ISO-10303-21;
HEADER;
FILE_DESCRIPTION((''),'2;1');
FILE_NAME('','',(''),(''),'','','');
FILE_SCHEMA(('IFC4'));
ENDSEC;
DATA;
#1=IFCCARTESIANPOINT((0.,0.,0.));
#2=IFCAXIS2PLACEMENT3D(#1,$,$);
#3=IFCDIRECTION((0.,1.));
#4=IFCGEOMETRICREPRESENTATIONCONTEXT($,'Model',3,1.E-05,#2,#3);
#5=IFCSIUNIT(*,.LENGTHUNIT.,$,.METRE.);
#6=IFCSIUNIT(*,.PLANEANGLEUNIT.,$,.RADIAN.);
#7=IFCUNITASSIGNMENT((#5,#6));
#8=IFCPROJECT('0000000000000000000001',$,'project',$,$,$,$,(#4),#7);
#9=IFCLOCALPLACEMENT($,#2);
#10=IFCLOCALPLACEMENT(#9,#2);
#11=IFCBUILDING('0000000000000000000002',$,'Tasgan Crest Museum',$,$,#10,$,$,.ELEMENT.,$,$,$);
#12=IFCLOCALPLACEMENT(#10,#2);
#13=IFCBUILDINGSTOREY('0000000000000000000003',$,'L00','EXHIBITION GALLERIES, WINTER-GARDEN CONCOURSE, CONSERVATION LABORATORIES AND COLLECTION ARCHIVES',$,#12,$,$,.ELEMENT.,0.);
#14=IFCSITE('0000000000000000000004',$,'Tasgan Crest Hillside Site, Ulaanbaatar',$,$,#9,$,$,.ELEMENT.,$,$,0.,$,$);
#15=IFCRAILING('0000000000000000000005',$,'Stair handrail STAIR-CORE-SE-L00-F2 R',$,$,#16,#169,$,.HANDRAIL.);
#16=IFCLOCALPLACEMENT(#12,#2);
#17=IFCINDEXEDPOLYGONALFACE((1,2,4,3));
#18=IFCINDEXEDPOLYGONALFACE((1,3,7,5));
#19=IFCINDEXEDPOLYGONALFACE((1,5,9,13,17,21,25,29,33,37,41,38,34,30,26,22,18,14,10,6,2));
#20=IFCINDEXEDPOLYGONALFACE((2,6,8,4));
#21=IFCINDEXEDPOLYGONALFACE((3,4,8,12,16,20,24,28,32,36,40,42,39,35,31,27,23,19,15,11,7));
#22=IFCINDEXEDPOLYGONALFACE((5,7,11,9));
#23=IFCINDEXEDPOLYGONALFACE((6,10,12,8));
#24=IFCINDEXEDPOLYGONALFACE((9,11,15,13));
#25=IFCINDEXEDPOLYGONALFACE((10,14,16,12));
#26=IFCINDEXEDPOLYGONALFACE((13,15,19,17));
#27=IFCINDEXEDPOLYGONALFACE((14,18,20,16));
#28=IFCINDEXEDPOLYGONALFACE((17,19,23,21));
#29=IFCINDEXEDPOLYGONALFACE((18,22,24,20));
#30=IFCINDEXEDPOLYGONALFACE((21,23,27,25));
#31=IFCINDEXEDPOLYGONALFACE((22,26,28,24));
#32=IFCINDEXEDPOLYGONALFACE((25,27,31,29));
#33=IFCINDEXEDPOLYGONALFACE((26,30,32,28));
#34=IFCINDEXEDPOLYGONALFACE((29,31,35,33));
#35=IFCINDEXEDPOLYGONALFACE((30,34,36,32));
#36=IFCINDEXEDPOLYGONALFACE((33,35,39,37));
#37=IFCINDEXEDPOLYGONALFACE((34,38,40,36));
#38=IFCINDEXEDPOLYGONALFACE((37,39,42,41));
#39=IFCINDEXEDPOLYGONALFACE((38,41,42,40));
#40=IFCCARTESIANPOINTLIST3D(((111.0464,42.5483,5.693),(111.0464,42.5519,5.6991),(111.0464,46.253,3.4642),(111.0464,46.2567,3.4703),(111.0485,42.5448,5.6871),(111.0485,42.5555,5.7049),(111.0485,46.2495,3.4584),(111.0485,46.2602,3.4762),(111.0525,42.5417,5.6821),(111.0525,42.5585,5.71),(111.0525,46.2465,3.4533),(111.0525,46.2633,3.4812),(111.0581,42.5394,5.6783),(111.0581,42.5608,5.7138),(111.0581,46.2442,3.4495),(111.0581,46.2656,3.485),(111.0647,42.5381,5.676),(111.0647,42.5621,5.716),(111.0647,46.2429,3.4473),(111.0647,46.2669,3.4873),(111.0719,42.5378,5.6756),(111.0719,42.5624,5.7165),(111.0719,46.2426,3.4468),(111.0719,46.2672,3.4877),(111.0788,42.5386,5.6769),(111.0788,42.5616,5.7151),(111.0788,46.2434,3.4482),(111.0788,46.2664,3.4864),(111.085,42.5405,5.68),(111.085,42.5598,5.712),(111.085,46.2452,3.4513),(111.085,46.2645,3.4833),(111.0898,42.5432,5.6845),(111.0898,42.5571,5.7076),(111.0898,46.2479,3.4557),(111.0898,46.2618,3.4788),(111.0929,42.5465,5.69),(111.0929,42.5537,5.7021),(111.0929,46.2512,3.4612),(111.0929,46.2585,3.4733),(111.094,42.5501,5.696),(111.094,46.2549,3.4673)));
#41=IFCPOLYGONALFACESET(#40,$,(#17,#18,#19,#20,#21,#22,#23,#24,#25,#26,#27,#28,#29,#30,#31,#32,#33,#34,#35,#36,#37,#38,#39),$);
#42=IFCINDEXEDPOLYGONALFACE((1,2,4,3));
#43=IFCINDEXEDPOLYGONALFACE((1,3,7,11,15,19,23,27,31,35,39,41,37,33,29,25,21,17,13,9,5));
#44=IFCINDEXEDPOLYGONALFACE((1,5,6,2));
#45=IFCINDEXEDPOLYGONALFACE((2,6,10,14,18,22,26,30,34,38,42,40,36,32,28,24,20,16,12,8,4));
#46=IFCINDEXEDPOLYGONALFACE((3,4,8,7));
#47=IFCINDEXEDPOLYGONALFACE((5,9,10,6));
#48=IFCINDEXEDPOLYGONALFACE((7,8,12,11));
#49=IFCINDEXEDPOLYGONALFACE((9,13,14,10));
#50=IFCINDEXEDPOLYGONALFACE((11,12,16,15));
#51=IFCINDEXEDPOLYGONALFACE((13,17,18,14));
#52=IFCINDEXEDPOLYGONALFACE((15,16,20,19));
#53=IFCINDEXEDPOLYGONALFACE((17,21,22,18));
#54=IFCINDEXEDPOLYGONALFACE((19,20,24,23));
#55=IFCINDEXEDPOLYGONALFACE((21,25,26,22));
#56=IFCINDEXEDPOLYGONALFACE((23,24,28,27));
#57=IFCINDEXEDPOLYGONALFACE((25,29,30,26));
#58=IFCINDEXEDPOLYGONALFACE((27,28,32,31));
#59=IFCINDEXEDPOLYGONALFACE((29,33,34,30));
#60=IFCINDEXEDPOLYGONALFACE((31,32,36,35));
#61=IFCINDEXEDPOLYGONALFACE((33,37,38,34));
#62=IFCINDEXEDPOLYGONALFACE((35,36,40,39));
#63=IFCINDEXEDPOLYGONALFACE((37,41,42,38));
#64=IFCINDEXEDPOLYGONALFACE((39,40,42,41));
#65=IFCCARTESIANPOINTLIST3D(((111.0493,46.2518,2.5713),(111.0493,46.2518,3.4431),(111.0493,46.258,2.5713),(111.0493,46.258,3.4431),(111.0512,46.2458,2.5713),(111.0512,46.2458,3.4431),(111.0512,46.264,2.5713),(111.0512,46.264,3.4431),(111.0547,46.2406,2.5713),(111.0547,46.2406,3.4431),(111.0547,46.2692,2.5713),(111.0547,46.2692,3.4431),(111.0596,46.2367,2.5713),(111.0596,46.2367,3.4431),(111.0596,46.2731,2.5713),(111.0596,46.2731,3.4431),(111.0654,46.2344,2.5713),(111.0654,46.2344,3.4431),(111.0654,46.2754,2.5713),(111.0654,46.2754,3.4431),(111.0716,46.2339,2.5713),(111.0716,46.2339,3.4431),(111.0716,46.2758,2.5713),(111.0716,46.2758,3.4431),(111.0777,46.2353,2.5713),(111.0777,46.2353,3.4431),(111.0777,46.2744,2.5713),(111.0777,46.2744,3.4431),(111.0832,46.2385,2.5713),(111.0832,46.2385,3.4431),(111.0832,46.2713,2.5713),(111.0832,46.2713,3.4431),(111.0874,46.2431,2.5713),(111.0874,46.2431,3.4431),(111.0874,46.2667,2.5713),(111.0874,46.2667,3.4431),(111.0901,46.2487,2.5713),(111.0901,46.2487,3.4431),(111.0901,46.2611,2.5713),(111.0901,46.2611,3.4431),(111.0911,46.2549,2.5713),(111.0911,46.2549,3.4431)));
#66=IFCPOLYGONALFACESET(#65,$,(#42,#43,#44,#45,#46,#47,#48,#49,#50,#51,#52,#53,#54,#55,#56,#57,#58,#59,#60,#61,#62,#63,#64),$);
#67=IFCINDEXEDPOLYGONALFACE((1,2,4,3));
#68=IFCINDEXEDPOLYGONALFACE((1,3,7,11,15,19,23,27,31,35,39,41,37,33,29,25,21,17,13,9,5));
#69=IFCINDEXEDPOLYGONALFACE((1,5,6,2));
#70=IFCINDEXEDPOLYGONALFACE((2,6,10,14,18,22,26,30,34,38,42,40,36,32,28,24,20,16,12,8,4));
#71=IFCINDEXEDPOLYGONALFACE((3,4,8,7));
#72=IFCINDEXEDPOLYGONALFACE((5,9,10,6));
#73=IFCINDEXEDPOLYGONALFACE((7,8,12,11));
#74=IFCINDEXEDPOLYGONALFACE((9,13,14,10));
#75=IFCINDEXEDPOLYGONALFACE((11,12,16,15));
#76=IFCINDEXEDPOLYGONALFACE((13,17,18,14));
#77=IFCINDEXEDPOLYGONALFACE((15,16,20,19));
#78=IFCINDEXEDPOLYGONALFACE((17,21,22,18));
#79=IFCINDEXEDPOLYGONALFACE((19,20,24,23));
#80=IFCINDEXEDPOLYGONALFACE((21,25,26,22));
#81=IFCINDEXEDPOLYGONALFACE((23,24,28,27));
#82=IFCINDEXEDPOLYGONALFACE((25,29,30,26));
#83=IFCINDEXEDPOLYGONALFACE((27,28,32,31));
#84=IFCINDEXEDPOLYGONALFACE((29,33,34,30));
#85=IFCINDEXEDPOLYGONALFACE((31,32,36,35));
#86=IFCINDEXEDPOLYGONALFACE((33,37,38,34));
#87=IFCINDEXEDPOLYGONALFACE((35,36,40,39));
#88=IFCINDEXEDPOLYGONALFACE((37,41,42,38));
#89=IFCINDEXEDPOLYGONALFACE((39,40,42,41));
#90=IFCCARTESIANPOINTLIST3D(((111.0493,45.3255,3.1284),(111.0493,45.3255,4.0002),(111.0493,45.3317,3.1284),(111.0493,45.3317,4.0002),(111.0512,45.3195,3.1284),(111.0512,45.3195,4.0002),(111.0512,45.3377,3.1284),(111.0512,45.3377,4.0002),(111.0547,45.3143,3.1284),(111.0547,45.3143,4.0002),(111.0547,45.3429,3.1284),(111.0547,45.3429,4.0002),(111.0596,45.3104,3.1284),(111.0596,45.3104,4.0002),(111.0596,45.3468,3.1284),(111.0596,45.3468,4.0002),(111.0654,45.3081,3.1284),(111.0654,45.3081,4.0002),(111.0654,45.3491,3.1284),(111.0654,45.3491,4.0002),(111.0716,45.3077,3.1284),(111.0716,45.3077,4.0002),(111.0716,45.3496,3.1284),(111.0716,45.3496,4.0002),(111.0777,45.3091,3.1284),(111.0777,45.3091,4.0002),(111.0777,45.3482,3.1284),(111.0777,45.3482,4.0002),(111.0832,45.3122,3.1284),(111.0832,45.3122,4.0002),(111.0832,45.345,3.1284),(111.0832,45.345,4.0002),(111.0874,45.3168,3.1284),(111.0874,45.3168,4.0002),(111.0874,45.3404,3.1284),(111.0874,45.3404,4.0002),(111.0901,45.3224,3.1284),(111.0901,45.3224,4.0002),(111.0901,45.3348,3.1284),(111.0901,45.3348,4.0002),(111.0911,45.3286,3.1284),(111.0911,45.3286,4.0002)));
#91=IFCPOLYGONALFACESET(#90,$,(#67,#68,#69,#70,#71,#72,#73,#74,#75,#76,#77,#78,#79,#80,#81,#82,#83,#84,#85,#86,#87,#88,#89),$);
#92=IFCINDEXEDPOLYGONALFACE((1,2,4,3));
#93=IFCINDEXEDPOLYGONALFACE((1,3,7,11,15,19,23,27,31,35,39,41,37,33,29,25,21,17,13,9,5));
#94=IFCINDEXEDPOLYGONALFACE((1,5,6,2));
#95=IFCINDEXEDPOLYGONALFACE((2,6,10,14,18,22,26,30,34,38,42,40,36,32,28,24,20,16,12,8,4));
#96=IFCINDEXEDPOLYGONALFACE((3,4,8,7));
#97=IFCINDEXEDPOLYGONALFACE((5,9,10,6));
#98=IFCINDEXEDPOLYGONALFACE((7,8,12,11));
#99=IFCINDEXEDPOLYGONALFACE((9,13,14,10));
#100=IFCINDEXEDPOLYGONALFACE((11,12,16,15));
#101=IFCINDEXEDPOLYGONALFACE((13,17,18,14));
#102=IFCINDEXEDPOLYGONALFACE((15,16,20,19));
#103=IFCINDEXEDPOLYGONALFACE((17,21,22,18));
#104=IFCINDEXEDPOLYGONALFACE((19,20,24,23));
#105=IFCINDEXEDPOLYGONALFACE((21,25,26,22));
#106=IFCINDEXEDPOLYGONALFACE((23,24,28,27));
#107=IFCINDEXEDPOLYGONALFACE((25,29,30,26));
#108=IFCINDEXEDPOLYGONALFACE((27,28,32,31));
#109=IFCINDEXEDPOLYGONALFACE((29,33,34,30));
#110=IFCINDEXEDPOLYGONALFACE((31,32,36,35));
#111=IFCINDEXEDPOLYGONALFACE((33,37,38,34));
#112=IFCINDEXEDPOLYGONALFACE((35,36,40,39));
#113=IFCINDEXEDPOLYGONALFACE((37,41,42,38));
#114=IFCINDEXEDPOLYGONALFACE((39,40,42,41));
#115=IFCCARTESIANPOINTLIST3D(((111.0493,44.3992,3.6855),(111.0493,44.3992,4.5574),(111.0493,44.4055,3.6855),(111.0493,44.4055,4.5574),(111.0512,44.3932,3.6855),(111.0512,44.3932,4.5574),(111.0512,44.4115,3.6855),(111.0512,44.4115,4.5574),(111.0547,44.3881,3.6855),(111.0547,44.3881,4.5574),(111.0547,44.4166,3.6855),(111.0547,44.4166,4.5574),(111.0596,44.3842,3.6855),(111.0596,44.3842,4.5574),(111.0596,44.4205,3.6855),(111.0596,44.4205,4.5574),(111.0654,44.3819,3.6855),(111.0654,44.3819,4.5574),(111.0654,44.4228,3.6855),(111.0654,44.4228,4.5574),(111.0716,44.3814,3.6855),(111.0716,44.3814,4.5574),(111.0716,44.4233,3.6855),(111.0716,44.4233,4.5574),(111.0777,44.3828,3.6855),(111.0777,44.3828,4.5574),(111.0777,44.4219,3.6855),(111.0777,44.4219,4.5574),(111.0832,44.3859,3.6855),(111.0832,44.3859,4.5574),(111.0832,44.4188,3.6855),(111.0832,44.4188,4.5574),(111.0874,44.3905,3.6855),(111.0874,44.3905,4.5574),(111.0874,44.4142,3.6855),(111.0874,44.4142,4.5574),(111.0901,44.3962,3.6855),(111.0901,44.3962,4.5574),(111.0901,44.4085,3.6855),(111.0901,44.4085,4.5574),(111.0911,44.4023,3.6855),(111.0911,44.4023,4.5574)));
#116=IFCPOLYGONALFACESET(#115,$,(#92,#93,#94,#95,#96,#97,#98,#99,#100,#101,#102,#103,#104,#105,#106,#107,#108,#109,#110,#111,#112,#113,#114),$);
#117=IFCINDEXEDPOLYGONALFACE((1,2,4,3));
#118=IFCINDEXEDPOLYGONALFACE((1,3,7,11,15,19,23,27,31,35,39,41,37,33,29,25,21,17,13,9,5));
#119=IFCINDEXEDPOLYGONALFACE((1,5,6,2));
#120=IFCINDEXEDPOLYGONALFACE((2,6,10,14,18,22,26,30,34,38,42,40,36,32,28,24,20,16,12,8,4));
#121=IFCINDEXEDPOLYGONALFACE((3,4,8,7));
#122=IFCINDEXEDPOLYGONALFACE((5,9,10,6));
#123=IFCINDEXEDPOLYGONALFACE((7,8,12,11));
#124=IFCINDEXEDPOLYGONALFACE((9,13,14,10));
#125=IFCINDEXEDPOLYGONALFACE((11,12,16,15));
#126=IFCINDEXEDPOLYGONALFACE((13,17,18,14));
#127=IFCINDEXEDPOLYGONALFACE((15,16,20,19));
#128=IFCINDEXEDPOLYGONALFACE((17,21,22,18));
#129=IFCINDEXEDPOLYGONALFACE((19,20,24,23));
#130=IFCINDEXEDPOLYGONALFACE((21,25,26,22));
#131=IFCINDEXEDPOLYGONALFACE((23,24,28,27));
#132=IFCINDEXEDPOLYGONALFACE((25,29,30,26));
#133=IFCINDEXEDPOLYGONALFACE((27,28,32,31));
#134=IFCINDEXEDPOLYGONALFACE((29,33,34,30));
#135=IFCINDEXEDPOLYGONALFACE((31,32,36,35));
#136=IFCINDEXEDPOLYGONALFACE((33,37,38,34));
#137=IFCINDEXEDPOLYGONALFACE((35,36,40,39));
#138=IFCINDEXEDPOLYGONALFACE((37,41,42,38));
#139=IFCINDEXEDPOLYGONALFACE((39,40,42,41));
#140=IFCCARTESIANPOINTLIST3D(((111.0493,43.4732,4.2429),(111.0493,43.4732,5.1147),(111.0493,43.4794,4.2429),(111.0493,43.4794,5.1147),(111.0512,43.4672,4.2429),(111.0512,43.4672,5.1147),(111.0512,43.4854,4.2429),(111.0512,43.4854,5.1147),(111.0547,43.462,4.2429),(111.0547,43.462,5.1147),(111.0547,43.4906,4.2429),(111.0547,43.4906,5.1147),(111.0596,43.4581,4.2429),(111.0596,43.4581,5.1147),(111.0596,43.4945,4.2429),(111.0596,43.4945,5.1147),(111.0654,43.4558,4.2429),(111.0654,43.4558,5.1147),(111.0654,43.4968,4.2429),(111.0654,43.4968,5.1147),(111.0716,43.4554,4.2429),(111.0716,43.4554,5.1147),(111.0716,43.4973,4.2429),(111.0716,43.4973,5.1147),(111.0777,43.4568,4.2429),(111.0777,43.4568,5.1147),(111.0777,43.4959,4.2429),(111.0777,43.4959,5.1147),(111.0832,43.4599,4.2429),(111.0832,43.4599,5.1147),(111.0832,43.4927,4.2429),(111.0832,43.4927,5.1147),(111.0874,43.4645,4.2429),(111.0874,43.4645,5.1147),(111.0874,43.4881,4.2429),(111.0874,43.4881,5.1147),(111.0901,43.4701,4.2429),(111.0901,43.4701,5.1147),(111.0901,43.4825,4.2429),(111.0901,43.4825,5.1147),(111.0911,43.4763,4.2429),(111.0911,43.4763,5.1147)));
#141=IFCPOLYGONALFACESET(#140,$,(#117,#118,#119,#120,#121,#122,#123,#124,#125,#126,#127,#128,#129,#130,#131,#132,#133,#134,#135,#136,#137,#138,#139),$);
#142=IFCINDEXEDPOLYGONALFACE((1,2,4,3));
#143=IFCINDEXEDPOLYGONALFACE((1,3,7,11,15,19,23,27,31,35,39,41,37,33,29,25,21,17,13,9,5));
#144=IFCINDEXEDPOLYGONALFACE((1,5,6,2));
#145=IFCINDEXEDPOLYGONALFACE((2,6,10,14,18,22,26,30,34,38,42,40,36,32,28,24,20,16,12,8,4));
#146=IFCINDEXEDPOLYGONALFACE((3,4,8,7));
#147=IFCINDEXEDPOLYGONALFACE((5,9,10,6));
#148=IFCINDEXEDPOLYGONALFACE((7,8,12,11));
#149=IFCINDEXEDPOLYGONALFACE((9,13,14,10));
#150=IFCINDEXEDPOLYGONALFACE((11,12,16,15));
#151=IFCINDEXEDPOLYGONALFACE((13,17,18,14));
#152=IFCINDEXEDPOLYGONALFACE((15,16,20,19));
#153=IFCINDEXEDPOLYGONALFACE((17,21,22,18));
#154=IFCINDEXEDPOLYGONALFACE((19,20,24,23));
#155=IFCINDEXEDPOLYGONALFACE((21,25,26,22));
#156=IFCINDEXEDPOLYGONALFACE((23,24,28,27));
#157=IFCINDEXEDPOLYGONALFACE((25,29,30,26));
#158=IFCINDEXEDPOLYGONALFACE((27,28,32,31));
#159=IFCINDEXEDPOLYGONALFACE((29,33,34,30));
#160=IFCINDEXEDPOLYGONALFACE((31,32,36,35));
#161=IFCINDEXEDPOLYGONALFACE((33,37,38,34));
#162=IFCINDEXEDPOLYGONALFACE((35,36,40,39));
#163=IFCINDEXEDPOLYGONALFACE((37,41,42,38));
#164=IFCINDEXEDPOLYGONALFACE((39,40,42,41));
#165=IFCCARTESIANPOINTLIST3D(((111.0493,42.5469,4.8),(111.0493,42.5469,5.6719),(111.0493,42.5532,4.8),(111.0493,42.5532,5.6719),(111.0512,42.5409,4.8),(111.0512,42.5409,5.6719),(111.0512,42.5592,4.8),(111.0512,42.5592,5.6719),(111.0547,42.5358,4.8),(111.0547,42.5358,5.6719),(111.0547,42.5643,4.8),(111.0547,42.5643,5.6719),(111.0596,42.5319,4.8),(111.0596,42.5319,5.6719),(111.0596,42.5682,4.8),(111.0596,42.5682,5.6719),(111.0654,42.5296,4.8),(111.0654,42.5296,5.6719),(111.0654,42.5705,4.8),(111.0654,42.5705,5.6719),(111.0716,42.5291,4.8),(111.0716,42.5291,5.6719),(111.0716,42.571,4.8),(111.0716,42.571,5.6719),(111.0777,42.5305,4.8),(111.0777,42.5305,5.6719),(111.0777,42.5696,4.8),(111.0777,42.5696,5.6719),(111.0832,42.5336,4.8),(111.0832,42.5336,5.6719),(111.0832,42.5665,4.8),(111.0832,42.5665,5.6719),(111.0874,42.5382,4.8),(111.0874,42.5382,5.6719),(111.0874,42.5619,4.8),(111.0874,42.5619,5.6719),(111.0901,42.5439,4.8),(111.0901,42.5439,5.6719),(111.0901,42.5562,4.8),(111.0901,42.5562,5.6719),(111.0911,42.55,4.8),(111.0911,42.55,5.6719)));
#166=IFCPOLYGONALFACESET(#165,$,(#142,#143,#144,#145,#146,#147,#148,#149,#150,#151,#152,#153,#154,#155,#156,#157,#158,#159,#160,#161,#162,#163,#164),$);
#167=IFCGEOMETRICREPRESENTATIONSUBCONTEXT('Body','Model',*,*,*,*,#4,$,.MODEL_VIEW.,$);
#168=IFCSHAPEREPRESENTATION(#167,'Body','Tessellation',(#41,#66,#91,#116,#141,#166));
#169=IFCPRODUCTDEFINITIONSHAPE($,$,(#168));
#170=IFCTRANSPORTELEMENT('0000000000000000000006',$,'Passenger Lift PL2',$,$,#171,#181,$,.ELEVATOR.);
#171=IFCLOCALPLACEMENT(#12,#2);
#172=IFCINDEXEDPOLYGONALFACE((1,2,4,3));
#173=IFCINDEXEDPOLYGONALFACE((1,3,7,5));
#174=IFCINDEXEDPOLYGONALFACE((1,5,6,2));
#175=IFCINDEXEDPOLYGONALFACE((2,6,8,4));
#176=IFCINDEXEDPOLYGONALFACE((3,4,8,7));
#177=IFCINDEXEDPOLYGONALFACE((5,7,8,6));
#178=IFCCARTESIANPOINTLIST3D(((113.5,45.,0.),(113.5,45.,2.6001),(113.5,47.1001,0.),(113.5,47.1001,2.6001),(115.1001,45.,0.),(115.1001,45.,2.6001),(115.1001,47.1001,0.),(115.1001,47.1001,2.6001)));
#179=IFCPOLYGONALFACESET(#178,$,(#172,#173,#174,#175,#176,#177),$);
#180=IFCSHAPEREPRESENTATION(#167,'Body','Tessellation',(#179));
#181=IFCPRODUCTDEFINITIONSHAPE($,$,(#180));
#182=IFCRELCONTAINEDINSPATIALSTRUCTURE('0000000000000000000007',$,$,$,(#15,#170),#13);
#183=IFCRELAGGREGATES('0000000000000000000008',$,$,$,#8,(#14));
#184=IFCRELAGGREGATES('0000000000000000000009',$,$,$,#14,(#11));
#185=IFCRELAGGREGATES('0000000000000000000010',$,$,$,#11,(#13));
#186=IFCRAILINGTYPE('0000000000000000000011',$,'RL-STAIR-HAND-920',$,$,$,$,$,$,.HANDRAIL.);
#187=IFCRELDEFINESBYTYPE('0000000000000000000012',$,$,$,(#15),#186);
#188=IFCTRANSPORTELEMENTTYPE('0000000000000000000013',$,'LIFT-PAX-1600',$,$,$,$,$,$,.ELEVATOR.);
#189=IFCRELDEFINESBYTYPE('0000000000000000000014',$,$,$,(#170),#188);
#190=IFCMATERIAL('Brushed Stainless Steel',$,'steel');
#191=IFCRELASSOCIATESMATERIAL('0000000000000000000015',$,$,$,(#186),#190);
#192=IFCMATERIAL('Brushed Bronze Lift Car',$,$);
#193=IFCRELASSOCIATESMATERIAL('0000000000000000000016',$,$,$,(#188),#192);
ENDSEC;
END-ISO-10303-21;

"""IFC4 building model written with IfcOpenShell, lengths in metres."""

from ifc_helpers import new_model, si_unit, direction, frame, origin, origin_2d, place, context, subcontext, project, spatial, rectangle, circle, extrude, material, type_object, element, save


model = new_model("IFC4")

# Units and contexts
model_context = context("Model", 3, precision=1e-05, world=origin(), true_north=direction((0.0, 1.0)))
body_context = subcontext(model_context, "Body", "Model", "MODEL_VIEW")
ifc_project = project(units=[si_unit("LENGTHUNIT", "METRE"), si_unit("PLANEANGLEUNIT", "RADIAN")], contexts=[model_context])

# Site, building, storey
site_placement = place(None, origin())
site = spatial("IfcSite", under=ifc_project, at=site_placement, Name="Tasgan Crest Hillside Site, Ulaanbaatar", CompositionType="ELEMENT", RefElevation=0.0)
building_placement = place(site_placement, origin())
building = spatial("IfcBuilding", under=site, at=building_placement, Name="Tasgan Crest Museum", CompositionType="ELEMENT")
storey_placement = place(building_placement, origin())
storey = spatial("IfcBuildingStorey", under=building, at=storey_placement, Name="L00", Description="EXHIBITION GALLERIES, WINTER-GARDEN CONCOURSE, CONSERVATION LABORATORIES AND COLLECTION ARCHIVES", CompositionType="ELEMENT", Elevation=0.0)

# Railing
ifc_material_1 = material(Name="Brushed Stainless Steel", Category="steel")
railing_type_1 = type_object("IfcRailingType", Name="RL-STAIR-HAND-920", PredefinedType="HANDRAIL", material=ifc_material_1)
for number, where, name in (
    (1, (111.0701, 46.2549, 2.5713), "Stair handrail STAIR-CORE-SE-L00-F2 R"),
):
    element("IfcRailing", number, at=place(storey_placement, frame(where)), inside=storey, type_object=railing_type_1, Name=name, PredefinedType="HANDRAIL", context=body_context, shape_type="SweptSolid", body=[
        extrude(circle(Radius=0.0239, at=origin_2d()), frame((0.0, 0.0, 0.896), z_axis=(0.0, -0.856894, 0.515492), x_axis=(1.0, 0.0, 0.0)), (0.0, 0.0, 1.0), 4.3235),
        extrude(circle(Radius=0.021, at=origin_2d()), origin(), (0.0, 0.0, 1.0), 0.8718),
        extrude(circle(Radius=0.021, at=origin_2d()), frame((0.0, -0.9263, 0.5571)), (0.0, 0.0, 1.0), 0.8718),
        extrude(circle(Radius=0.021, at=origin_2d()), frame((0.0, -1.8525, 1.1143)), (0.0, 0.0, 1.0), 0.8718),
        extrude(circle(Radius=0.021, at=origin_2d()), frame((0.0, -2.7786, 1.6716)), (0.0, 0.0, 1.0), 0.8718),
        extrude(circle(Radius=0.021, at=origin_2d()), frame((0.0, -3.7048, 2.2288)), (0.0, 0.0, 1.0), 0.8718),
    ])

# Transport element
ifc_material_2 = material(Name="Brushed Bronze Lift Car")
transport_element_type = type_object("IfcTransportElementType", Name="LIFT-PAX-1600", PredefinedType="ELEVATOR", material=ifc_material_2)
transport_element_placement = place(storey_placement, frame((114.3, 46.05, 0.0), z_axis=(0.0, 0.0, 1.0), x_axis=(1.0, 0.0, 0.0)))
element("IfcTransportElement", 2, at=transport_element_placement, inside=storey, type_object=transport_element_type, Name="Passenger Lift PL2", PredefinedType="ELEVATOR", context=body_context, shape_type="SweptSolid", body=[
    extrude(rectangle(XDim=1.6001, YDim=2.1001, at=origin_2d()), origin(), (0.0, 0.0, 1.0), 2.6001),
])

save(model, "model.ifc")
